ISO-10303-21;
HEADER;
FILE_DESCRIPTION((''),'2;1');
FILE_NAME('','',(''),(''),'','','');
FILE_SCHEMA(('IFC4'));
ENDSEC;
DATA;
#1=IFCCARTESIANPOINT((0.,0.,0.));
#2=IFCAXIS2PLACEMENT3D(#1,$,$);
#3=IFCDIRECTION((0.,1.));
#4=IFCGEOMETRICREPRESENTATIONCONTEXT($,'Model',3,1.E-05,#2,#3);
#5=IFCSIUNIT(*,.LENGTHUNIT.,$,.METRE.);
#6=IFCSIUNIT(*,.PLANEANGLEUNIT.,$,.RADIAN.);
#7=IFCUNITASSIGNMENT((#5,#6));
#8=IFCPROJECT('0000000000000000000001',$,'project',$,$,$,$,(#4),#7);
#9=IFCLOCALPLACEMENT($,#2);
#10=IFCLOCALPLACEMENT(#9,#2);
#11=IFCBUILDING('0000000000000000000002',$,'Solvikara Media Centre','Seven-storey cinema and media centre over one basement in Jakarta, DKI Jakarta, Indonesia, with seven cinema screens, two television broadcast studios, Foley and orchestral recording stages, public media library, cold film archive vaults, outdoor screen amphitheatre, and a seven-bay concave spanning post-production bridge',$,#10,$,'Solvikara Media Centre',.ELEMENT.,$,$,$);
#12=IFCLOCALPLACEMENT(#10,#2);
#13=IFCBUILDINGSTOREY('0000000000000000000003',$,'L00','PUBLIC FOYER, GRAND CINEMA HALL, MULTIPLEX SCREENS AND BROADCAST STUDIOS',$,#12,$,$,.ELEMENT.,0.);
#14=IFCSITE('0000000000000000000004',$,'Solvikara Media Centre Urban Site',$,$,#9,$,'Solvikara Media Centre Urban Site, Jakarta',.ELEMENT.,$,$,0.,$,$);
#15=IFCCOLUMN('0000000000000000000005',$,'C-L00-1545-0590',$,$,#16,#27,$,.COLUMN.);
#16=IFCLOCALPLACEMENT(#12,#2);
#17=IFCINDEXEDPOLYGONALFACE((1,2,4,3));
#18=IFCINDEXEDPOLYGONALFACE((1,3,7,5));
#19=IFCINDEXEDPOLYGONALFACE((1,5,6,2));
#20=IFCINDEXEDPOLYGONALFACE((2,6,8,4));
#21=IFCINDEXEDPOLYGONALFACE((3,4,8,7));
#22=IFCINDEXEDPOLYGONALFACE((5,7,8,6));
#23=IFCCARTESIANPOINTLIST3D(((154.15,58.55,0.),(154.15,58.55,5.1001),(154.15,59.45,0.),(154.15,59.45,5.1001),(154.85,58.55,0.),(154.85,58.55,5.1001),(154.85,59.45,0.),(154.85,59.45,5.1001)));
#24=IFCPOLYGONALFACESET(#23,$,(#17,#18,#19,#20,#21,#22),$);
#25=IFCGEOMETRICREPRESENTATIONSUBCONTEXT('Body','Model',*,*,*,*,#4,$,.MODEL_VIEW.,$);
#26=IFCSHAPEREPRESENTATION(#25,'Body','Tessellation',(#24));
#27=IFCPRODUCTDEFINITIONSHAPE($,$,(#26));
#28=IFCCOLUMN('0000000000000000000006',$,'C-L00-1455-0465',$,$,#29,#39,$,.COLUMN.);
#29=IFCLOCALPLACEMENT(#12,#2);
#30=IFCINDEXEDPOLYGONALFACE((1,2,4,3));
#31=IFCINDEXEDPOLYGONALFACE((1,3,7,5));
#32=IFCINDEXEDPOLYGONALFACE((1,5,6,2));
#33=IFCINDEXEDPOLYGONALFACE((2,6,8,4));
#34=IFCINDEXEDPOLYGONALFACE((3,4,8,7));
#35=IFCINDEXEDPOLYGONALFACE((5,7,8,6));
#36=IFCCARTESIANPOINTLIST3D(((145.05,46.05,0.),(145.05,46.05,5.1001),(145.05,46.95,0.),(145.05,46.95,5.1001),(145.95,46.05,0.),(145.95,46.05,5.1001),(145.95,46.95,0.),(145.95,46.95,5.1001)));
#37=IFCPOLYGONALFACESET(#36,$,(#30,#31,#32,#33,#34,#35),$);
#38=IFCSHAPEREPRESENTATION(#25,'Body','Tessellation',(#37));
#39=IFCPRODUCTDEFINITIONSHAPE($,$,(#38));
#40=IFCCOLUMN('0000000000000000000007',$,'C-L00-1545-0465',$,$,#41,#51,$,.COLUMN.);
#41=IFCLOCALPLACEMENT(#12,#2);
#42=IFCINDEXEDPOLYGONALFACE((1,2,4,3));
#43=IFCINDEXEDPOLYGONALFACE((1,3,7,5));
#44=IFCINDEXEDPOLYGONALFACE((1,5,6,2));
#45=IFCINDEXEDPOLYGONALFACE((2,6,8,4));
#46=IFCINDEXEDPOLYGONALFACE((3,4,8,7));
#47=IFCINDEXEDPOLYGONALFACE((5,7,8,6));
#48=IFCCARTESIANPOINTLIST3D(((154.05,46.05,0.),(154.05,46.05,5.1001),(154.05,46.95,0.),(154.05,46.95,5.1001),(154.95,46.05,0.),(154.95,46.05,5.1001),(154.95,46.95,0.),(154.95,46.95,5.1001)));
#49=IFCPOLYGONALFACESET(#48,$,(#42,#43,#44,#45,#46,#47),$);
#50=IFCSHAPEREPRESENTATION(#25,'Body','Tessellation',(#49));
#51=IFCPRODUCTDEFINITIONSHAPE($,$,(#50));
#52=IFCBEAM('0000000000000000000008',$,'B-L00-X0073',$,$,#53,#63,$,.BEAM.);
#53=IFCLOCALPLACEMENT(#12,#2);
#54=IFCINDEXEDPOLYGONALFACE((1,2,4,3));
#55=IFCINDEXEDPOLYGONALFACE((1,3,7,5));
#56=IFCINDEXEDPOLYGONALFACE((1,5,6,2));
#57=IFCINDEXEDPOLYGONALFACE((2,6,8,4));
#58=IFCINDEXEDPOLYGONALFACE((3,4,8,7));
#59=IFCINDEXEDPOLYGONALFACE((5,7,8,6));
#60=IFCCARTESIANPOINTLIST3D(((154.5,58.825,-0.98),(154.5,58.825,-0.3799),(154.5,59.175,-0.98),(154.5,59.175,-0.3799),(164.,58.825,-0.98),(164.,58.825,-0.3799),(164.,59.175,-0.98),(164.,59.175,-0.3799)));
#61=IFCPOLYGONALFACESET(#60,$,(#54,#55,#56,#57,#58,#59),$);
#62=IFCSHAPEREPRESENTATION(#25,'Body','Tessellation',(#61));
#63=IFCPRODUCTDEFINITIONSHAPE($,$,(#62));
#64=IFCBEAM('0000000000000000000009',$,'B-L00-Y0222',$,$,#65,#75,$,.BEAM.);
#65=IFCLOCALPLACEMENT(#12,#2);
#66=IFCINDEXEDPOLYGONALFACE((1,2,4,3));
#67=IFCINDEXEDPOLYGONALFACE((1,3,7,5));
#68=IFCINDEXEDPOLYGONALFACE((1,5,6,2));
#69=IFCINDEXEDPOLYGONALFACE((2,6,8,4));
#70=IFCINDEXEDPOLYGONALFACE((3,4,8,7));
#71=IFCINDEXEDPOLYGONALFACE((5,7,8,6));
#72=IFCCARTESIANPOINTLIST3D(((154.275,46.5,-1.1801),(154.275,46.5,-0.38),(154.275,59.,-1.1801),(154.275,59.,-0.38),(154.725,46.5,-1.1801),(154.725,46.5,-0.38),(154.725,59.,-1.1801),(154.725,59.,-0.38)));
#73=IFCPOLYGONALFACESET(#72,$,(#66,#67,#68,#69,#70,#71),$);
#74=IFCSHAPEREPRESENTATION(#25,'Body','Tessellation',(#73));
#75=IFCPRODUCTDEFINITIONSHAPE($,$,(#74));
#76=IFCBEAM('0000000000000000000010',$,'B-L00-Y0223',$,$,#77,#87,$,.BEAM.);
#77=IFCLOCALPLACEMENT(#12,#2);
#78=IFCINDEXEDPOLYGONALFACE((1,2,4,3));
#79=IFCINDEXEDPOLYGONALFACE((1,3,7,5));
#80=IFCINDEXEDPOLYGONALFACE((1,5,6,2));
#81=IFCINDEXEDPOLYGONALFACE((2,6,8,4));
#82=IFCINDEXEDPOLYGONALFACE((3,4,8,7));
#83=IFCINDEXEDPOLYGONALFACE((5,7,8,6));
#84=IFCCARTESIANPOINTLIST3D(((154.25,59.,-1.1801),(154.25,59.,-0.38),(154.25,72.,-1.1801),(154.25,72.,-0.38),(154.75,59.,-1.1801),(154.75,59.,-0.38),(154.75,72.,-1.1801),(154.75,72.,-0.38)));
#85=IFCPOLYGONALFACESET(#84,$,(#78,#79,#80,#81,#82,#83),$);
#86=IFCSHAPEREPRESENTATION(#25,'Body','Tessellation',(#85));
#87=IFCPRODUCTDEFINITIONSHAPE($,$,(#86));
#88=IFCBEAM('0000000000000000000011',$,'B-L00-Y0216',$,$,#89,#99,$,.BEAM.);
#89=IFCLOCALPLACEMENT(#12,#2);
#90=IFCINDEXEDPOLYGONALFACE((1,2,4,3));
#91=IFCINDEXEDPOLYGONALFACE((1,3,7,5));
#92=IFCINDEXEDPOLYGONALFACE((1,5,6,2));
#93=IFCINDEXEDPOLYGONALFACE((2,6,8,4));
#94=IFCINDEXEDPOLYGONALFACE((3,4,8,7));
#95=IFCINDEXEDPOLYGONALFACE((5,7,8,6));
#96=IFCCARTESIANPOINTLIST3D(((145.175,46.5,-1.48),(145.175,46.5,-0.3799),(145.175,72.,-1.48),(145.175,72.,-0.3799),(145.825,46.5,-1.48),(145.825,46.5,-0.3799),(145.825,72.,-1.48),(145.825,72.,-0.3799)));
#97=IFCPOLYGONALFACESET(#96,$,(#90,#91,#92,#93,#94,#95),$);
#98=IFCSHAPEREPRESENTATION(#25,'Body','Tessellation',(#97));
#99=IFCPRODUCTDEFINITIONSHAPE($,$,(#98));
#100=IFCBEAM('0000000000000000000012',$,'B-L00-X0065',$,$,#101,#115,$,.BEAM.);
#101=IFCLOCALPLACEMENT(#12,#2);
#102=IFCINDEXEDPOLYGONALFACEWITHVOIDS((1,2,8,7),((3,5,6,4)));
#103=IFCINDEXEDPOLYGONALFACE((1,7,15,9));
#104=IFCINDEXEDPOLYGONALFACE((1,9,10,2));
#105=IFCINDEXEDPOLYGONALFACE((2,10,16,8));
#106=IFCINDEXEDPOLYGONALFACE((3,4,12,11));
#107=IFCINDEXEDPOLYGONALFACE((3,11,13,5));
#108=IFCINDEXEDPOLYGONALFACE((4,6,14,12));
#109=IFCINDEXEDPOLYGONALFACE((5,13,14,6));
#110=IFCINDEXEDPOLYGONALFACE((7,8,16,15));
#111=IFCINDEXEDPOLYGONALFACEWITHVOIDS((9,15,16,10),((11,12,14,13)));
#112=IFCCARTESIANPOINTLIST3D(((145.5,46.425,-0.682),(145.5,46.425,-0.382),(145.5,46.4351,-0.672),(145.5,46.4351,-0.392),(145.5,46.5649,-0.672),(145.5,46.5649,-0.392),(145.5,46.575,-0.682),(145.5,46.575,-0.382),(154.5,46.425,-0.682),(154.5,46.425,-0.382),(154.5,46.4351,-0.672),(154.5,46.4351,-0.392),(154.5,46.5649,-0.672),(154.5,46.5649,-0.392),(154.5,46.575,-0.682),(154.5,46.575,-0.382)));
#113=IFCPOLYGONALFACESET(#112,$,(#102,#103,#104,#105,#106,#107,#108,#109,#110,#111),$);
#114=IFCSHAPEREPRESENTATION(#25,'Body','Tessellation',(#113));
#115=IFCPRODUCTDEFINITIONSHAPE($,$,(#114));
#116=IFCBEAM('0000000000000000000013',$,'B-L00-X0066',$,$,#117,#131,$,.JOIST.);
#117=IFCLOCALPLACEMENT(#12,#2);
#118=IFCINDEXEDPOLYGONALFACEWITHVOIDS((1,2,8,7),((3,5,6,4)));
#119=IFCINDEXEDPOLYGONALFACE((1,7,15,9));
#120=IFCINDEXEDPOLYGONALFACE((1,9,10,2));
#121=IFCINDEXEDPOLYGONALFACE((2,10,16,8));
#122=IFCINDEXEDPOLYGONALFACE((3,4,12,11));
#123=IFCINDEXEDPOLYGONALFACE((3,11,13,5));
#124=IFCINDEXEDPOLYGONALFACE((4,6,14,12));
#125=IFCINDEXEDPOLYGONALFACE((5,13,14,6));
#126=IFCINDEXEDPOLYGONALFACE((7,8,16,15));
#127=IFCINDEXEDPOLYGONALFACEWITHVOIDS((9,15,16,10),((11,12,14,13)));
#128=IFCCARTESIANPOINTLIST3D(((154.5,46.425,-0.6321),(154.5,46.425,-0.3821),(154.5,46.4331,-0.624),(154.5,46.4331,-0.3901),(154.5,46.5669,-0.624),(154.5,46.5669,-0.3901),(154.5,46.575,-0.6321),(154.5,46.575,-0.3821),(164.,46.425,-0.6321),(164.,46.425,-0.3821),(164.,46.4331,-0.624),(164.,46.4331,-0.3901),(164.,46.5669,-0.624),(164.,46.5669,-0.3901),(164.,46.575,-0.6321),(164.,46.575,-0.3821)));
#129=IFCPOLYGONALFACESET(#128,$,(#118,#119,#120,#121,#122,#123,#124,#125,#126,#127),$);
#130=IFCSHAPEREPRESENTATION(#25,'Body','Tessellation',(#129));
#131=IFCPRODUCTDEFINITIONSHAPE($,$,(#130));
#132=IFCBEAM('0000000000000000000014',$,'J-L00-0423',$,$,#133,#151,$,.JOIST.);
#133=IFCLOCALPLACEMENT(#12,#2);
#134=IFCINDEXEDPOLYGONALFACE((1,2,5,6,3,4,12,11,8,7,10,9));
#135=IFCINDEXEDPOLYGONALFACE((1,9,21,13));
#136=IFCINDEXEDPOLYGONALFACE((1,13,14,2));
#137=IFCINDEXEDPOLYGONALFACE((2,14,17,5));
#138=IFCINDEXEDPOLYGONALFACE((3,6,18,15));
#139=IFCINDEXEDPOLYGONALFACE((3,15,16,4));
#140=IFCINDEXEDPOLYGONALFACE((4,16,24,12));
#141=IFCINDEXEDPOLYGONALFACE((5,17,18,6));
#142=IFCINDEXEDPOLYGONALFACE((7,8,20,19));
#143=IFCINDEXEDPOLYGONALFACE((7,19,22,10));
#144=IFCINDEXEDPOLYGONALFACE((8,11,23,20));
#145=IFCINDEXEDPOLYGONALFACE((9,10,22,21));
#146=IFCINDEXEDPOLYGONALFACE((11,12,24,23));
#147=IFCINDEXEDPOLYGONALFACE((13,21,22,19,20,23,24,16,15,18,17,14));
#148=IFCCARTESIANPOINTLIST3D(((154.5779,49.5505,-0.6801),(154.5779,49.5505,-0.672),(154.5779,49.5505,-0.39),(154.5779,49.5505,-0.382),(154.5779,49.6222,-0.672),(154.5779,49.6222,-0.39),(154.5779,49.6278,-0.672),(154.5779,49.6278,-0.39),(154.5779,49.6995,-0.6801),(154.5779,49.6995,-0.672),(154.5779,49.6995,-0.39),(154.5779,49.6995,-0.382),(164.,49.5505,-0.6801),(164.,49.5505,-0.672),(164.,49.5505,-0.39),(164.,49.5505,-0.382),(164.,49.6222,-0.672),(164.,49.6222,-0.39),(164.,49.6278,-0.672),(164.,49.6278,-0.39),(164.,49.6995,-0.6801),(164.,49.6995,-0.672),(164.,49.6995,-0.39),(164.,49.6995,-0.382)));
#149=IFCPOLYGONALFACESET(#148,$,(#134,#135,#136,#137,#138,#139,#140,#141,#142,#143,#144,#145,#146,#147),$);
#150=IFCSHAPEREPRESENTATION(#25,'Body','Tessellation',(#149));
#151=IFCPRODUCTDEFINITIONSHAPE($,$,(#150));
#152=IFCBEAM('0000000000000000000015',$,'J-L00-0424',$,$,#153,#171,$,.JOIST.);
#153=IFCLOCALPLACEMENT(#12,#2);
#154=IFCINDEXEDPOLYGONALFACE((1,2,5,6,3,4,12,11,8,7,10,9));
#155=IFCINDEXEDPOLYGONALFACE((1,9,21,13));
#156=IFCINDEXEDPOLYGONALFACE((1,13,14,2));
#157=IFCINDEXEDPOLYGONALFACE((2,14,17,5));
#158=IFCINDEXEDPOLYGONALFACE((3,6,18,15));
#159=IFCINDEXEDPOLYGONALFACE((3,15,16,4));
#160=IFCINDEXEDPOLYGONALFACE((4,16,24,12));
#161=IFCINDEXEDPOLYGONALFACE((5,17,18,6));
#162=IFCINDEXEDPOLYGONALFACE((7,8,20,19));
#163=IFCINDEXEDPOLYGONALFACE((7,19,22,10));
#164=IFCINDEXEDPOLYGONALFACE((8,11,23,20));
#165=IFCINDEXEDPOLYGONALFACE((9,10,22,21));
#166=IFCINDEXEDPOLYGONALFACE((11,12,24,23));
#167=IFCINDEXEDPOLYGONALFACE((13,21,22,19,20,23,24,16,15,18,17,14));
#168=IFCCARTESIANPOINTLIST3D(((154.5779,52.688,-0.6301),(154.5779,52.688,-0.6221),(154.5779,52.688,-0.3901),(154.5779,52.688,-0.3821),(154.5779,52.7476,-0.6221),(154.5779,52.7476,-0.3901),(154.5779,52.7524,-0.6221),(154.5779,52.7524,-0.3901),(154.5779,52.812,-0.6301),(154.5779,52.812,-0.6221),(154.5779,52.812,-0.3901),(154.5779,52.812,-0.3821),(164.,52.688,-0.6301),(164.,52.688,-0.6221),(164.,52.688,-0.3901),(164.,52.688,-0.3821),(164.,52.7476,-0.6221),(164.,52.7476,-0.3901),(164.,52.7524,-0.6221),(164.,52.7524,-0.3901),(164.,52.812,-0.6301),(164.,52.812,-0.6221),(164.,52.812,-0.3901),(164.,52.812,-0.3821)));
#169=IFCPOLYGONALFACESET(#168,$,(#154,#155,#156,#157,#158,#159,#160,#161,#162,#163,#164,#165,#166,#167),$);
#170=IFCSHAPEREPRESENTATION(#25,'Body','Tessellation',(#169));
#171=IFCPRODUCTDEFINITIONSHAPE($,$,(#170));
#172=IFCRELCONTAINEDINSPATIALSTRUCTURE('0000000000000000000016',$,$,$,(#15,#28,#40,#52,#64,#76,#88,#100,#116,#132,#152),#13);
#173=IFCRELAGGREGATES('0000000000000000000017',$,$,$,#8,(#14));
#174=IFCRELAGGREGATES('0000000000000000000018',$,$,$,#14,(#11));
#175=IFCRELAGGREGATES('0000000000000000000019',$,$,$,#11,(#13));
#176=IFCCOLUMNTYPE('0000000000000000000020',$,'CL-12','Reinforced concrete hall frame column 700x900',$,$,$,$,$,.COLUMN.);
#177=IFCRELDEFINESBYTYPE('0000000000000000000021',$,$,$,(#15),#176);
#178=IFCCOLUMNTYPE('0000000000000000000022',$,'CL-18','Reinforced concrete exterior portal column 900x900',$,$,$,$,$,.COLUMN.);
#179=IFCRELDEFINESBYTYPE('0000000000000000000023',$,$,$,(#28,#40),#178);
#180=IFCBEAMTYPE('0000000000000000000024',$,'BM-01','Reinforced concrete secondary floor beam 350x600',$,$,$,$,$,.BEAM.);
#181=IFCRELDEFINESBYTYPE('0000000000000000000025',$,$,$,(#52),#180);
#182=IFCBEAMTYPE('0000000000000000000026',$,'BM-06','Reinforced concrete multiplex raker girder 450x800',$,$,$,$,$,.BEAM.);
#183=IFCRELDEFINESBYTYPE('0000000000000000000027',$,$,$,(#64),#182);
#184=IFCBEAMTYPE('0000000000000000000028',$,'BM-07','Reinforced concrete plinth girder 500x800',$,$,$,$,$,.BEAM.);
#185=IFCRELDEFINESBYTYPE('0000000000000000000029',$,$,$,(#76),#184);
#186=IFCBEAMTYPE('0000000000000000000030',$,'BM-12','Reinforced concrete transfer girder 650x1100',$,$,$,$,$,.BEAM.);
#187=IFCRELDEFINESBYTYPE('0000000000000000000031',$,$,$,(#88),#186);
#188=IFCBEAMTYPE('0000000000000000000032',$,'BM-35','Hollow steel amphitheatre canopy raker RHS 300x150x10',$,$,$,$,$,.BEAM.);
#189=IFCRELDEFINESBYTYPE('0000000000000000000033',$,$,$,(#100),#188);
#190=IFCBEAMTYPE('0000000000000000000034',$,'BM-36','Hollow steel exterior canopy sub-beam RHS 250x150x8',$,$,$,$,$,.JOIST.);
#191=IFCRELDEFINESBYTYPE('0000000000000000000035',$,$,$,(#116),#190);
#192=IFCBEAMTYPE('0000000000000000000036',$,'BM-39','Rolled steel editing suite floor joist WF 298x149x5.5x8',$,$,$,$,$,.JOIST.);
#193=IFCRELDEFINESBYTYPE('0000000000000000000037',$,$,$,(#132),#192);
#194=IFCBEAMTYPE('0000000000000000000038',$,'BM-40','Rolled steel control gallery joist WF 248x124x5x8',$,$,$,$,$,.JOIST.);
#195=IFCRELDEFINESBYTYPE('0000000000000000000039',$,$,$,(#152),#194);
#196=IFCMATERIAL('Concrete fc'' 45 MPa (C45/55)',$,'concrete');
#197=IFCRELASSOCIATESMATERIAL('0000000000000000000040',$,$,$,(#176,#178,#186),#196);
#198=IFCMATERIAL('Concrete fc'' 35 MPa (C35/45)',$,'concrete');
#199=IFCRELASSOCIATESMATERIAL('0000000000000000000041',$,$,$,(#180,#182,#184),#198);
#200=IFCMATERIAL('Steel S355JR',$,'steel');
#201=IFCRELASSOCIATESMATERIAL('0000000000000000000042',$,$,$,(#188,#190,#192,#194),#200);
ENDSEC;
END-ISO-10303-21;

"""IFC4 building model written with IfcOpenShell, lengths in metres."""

from ifc_helpers import new_model, si_unit, direction, frame, origin, origin_2d, place, context, subcontext, project, spatial, rectangle, hollow_rectangle, i_section, extrude, material, material_profile, profile_set, type_object, element, save


model = new_model("IFC4")

# Units and contexts
model_context = context("Model", 3, precision=1e-05, world=origin(), true_north=direction((0.0, 1.0)))
body_context = subcontext(model_context, "Body", "Model", "MODEL_VIEW")
ifc_project = project(units=[si_unit("LENGTHUNIT", "METRE"), si_unit("PLANEANGLEUNIT", "RADIAN")], contexts=[model_context])

# Site, building, storey
site_placement = place(None, origin())
site = spatial("IfcSite", under=ifc_project, at=site_placement, Name="Solvikara Media Centre Urban Site", LongName="Solvikara Media Centre Urban Site, Jakarta", CompositionType="ELEMENT", RefElevation=0.0)
building_placement = place(site_placement, origin())
building = spatial("IfcBuilding", under=site, at=building_placement, Name="Solvikara Media Centre", Description="Seven-storey cinema and media centre over one basement in Jakarta, DKI Jakarta, Indonesia, with seven cinema screens, two television broadcast studios, Foley and orchestral recording stages, public media library, cold film archive vaults, outdoor screen amphitheatre, and a seven-bay concave spanning post-production bridge", LongName="Solvikara Media Centre", CompositionType="ELEMENT")
storey_placement = place(building_placement, origin())
storey = spatial("IfcBuildingStorey", under=building, at=storey_placement, Name="L00", Description="PUBLIC FOYER, GRAND CINEMA HALL, MULTIPLEX SCREENS AND BROADCAST STUDIOS", CompositionType="ELEMENT", Elevation=0.0)

# Columns
ifc_material_1 = material(Name="Concrete fc' 45 MPa (C45/55)", Category="concrete")
ifc_material_profile_1 = material_profile(ifc_material_1, rectangle(XDim=0.7, YDim=0.8999, at=origin_2d()), Name="RC 700x900")
ifc_profile_set_1 = profile_set([ifc_material_profile_1], Name="Concrete fc' 45 MPa (C45/55)")
column_type_1 = type_object("IfcColumnType", Name="CL-12", Description="Reinforced concrete hall frame column 700x900", PredefinedType="COLUMN", material=ifc_profile_set_1)
column_placement = place(storey_placement, frame((154.5, 59.0, 0.0), z_axis=(0.0, 0.0, 1.0), x_axis=(1.0, 0.0, 0.0)))
element("IfcColumn", 1, at=column_placement, inside=storey, type_object=column_type_1, Name="C-L00-1545-0590", PredefinedType="COLUMN", context=body_context, shape_type="SweptSolid", body=[
    extrude(rectangle(XDim=0.7, YDim=0.8999, at=origin_2d()), origin(), (0.0, 0.0, 1.0), 5.1001),
])
ifc_material_profile_2 = material_profile(ifc_material_1, rectangle(XDim=0.8999, YDim=0.8999, at=origin_2d()), Name="RC 900x900")
ifc_profile_set_2 = profile_set([ifc_material_profile_2], Name="Concrete fc' 45 MPa (C45/55)")
column_type_2 = type_object("IfcColumnType", Name="CL-18", Description="Reinforced concrete exterior portal column 900x900", PredefinedType="COLUMN", material=ifc_profile_set_2)
for number, where, z_axis, x_axis, name in (
    (2, (145.5, 46.5, 0.0), (0.0, 0.0, 1.0), (1.0, 0.0, 0.0), "C-L00-1455-0465"),
    (3, (154.5, 46.5, 0.0), (0.0, 0.0, 1.0), (1.0, 0.0, 0.0), "C-L00-1545-0465"),
):
    element("IfcColumn", number, at=place(storey_placement, frame(where, z_axis=z_axis, x_axis=x_axis)), inside=storey, type_object=column_type_2, Name=name, PredefinedType="COLUMN", context=body_context, shape_type="SweptSolid", body=[
        extrude(rectangle(XDim=0.8999, YDim=0.8999, at=origin_2d()), origin(), (0.0, 0.0, 1.0), 5.1001),
    ])

# Beams
ifc_material_2 = material(Name="Concrete fc' 35 MPa (C35/45)", Category="concrete")
ifc_material_profile_3 = material_profile(ifc_material_2, rectangle(XDim=0.3501, YDim=0.6001, at=origin_2d()), Name="RC 350x600")
ifc_profile_set_3 = profile_set([ifc_material_profile_3], Name="Concrete fc' 35 MPa (C35/45)")
beam_type_1 = type_object("IfcBeamType", Name="BM-01", Description="Reinforced concrete secondary floor beam 350x600", PredefinedType="BEAM", material=ifc_profile_set_3)
beam_1_placement = place(storey_placement, frame((154.5, 59.0, -0.6799), z_axis=(1.0, 0.0, 0.0), x_axis=(0.0, 1.0, 0.0)))
element("IfcBeam", 4, at=beam_1_placement, inside=storey, type_object=beam_type_1, Name="B-L00-X0073", PredefinedType="BEAM", context=body_context, shape_type="SweptSolid", body=[
    extrude(rectangle(XDim=0.3501, YDim=0.6001, at=origin_2d()), origin(), (0.0, 0.0, 1.0), 9.5),
])
ifc_material_profile_4 = material_profile(ifc_material_2, rectangle(XDim=0.45, YDim=0.8, at=origin_2d()), Name="RC 450x800")
ifc_profile_set_4 = profile_set([ifc_material_profile_4], Name="Concrete fc' 35 MPa (C35/45)")
beam_type_2 = type_object("IfcBeamType", Name="BM-06", Description="Reinforced concrete multiplex raker girder 450x800", PredefinedType="BEAM", material=ifc_profile_set_4)
beam_2_placement = place(storey_placement, frame((154.5, 46.5, -0.78), z_axis=(0.0, 1.0, 0.0), x_axis=(-1.0, 0.0, 0.0)))
element("IfcBeam", 5, at=beam_2_placement, inside=storey, type_object=beam_type_2, Name="B-L00-Y0222", PredefinedType="BEAM", context=body_context, shape_type="SweptSolid", body=[
    extrude(rectangle(XDim=0.45, YDim=0.8, at=origin_2d()), origin(), (0.0, 0.0, 1.0), 12.5),
])
ifc_material_profile_5 = material_profile(ifc_material_2, rectangle(XDim=0.5, YDim=0.8, at=origin_2d()), Name="RC 500x800")
ifc_profile_set_5 = profile_set([ifc_material_profile_5], Name="Concrete fc' 35 MPa (C35/45)")
beam_type_3 = type_object("IfcBeamType", Name="BM-07", Description="Reinforced concrete plinth girder 500x800", PredefinedType="BEAM", material=ifc_profile_set_5)
beam_3_placement = place(storey_placement, frame((154.5, 59.0, -0.78), z_axis=(0.0, 1.0, 0.0), x_axis=(-1.0, 0.0, 0.0)))
element("IfcBeam", 6, at=beam_3_placement, inside=storey, type_object=beam_type_3, Name="B-L00-Y0223", PredefinedType="BEAM", context=body_context, shape_type="SweptSolid", body=[
    extrude(rectangle(XDim=0.5, YDim=0.8, at=origin_2d()), origin(), (0.0, 0.0, 1.0), 13.0),
])
ifc_material_profile_6 = material_profile(ifc_material_1, rectangle(XDim=0.6499, YDim=1.1001, at=origin_2d()), Name="RC 650x1100")
ifc_profile_set_6 = profile_set([ifc_material_profile_6], Name="Concrete fc' 45 MPa (C45/55)")
beam_type_4 = type_object("IfcBeamType", Name="BM-12", Description="Reinforced concrete transfer girder 650x1100", PredefinedType="BEAM", material=ifc_profile_set_6)
beam_4_placement = place(storey_placement, frame((145.5, 46.5, -0.9299), z_axis=(0.0, 1.0, 0.0), x_axis=(-1.0, 0.0, 0.0)))
element("IfcBeam", 7, at=beam_4_placement, inside=storey, type_object=beam_type_4, Name="B-L00-Y0216", PredefinedType="BEAM", context=body_context, shape_type="SweptSolid", body=[
    extrude(rectangle(XDim=0.6499, YDim=1.1001, at=origin_2d()), origin(), (0.0, 0.0, 1.0), 25.5),
])
ifc_material_3 = material(Name="Steel S355JR", Category="steel")
ifc_material_profile_7 = material_profile(ifc_material_3, hollow_rectangle(XDim=0.1499, YDim=0.3, WallThickness=0.01, at=origin_2d()), Name="RHS 300x150x10")
ifc_profile_set_7 = profile_set([ifc_material_profile_7], Name="Steel S355JR")
beam_type_5 = type_object("IfcBeamType", Name="BM-35", Description="Hollow steel amphitheatre canopy raker RHS 300x150x10", PredefinedType="BEAM", material=ifc_profile_set_7)
beam_5_placement = place(storey_placement, frame((145.5, 46.5, -0.532), z_axis=(1.0, 0.0, 0.0), x_axis=(0.0, 1.0, 0.0)))
element("IfcBeam", 8, at=beam_5_placement, inside=storey, type_object=beam_type_5, Name="B-L00-X0065", PredefinedType="BEAM", context=body_context, shape_type="SweptSolid", body=[
    extrude(hollow_rectangle(XDim=0.1499, YDim=0.3, WallThickness=0.01, at=origin_2d()), origin(), (0.0, 0.0, 1.0), 9.0),
])
ifc_material_profile_8 = material_profile(ifc_material_3, hollow_rectangle(XDim=0.1499, YDim=0.25, WallThickness=0.0081, at=origin_2d()), Name="RHS 250x150x8")
ifc_profile_set_8 = profile_set([ifc_material_profile_8], Name="Steel S355JR")
beam_type_6 = type_object("IfcBeamType", Name="BM-36", Description="Hollow steel exterior canopy sub-beam RHS 250x150x8", PredefinedType="JOIST", material=ifc_profile_set_8)
beam_6_placement = place(storey_placement, frame((154.5, 46.5, -0.5071), z_axis=(1.0, 0.0, 0.0), x_axis=(0.0, 1.0, 0.0)))
element("IfcBeam", 9, at=beam_6_placement, inside=storey, type_object=beam_type_6, Name="B-L00-X0066", PredefinedType="JOIST", context=body_context, shape_type="SweptSolid", body=[
    extrude(hollow_rectangle(XDim=0.1499, YDim=0.25, WallThickness=0.0081, at=origin_2d()), origin(), (0.0, 0.0, 1.0), 9.5),
])
ifc_material_profile_9 = material_profile(ifc_material_3, i_section(OverallWidth=0.1489, OverallDepth=0.2981, WebThickness=0.0056, FlangeThickness=0.0081, at=origin_2d()), Name="WF 298x149x5.5x8")
ifc_profile_set_9 = profile_set([ifc_material_profile_9], Name="Steel S355JR")
beam_type_7 = type_object("IfcBeamType", Name="BM-39", Description="Rolled steel editing suite floor joist WF 298x149x5.5x8", PredefinedType="JOIST", material=ifc_profile_set_9)
beam_7_placement = place(storey_placement, frame((154.5779, 49.625, -0.531), z_axis=(1.0, 0.0, 0.0), x_axis=(0.0, 1.0, 0.0)))
element("IfcBeam", 10, at=beam_7_placement, inside=storey, type_object=beam_type_7, Name="J-L00-0423", PredefinedType="JOIST", context=body_context, shape_type="SweptSolid", body=[
    extrude(i_section(OverallWidth=0.1489, OverallDepth=0.2981, WebThickness=0.0056, FlangeThickness=0.0081, at=origin_2d()), origin(), (0.0, 0.0, 1.0), 9.4221),
])
ifc_material_profile_10 = material_profile(ifc_material_3, i_section(OverallWidth=0.124, OverallDepth=0.248, WebThickness=0.0049, FlangeThickness=0.0081, at=origin_2d()), Name="WF 248x124x5x8")
ifc_profile_set_10 = profile_set([ifc_material_profile_10], Name="Steel S355JR")
beam_type_8 = type_object("IfcBeamType", Name="BM-40", Description="Rolled steel control gallery joist WF 248x124x5x8", PredefinedType="JOIST", material=ifc_profile_set_10)
beam_8_placement = place(storey_placement, frame((154.5779, 52.75, -0.5061), z_axis=(1.0, 0.0, 0.0), x_axis=(0.0, 1.0, 0.0)))
element("IfcBeam", 11, at=beam_8_placement, inside=storey, type_object=beam_type_8, Name="J-L00-0424", PredefinedType="JOIST", context=body_context, shape_type="SweptSolid", body=[
    extrude(i_section(OverallWidth=0.124, OverallDepth=0.248, WebThickness=0.0049, FlangeThickness=0.0081, at=origin_2d()), origin(), (0.0, 0.0, 1.0), 9.4221),
])

save(model, "model.ifc")
